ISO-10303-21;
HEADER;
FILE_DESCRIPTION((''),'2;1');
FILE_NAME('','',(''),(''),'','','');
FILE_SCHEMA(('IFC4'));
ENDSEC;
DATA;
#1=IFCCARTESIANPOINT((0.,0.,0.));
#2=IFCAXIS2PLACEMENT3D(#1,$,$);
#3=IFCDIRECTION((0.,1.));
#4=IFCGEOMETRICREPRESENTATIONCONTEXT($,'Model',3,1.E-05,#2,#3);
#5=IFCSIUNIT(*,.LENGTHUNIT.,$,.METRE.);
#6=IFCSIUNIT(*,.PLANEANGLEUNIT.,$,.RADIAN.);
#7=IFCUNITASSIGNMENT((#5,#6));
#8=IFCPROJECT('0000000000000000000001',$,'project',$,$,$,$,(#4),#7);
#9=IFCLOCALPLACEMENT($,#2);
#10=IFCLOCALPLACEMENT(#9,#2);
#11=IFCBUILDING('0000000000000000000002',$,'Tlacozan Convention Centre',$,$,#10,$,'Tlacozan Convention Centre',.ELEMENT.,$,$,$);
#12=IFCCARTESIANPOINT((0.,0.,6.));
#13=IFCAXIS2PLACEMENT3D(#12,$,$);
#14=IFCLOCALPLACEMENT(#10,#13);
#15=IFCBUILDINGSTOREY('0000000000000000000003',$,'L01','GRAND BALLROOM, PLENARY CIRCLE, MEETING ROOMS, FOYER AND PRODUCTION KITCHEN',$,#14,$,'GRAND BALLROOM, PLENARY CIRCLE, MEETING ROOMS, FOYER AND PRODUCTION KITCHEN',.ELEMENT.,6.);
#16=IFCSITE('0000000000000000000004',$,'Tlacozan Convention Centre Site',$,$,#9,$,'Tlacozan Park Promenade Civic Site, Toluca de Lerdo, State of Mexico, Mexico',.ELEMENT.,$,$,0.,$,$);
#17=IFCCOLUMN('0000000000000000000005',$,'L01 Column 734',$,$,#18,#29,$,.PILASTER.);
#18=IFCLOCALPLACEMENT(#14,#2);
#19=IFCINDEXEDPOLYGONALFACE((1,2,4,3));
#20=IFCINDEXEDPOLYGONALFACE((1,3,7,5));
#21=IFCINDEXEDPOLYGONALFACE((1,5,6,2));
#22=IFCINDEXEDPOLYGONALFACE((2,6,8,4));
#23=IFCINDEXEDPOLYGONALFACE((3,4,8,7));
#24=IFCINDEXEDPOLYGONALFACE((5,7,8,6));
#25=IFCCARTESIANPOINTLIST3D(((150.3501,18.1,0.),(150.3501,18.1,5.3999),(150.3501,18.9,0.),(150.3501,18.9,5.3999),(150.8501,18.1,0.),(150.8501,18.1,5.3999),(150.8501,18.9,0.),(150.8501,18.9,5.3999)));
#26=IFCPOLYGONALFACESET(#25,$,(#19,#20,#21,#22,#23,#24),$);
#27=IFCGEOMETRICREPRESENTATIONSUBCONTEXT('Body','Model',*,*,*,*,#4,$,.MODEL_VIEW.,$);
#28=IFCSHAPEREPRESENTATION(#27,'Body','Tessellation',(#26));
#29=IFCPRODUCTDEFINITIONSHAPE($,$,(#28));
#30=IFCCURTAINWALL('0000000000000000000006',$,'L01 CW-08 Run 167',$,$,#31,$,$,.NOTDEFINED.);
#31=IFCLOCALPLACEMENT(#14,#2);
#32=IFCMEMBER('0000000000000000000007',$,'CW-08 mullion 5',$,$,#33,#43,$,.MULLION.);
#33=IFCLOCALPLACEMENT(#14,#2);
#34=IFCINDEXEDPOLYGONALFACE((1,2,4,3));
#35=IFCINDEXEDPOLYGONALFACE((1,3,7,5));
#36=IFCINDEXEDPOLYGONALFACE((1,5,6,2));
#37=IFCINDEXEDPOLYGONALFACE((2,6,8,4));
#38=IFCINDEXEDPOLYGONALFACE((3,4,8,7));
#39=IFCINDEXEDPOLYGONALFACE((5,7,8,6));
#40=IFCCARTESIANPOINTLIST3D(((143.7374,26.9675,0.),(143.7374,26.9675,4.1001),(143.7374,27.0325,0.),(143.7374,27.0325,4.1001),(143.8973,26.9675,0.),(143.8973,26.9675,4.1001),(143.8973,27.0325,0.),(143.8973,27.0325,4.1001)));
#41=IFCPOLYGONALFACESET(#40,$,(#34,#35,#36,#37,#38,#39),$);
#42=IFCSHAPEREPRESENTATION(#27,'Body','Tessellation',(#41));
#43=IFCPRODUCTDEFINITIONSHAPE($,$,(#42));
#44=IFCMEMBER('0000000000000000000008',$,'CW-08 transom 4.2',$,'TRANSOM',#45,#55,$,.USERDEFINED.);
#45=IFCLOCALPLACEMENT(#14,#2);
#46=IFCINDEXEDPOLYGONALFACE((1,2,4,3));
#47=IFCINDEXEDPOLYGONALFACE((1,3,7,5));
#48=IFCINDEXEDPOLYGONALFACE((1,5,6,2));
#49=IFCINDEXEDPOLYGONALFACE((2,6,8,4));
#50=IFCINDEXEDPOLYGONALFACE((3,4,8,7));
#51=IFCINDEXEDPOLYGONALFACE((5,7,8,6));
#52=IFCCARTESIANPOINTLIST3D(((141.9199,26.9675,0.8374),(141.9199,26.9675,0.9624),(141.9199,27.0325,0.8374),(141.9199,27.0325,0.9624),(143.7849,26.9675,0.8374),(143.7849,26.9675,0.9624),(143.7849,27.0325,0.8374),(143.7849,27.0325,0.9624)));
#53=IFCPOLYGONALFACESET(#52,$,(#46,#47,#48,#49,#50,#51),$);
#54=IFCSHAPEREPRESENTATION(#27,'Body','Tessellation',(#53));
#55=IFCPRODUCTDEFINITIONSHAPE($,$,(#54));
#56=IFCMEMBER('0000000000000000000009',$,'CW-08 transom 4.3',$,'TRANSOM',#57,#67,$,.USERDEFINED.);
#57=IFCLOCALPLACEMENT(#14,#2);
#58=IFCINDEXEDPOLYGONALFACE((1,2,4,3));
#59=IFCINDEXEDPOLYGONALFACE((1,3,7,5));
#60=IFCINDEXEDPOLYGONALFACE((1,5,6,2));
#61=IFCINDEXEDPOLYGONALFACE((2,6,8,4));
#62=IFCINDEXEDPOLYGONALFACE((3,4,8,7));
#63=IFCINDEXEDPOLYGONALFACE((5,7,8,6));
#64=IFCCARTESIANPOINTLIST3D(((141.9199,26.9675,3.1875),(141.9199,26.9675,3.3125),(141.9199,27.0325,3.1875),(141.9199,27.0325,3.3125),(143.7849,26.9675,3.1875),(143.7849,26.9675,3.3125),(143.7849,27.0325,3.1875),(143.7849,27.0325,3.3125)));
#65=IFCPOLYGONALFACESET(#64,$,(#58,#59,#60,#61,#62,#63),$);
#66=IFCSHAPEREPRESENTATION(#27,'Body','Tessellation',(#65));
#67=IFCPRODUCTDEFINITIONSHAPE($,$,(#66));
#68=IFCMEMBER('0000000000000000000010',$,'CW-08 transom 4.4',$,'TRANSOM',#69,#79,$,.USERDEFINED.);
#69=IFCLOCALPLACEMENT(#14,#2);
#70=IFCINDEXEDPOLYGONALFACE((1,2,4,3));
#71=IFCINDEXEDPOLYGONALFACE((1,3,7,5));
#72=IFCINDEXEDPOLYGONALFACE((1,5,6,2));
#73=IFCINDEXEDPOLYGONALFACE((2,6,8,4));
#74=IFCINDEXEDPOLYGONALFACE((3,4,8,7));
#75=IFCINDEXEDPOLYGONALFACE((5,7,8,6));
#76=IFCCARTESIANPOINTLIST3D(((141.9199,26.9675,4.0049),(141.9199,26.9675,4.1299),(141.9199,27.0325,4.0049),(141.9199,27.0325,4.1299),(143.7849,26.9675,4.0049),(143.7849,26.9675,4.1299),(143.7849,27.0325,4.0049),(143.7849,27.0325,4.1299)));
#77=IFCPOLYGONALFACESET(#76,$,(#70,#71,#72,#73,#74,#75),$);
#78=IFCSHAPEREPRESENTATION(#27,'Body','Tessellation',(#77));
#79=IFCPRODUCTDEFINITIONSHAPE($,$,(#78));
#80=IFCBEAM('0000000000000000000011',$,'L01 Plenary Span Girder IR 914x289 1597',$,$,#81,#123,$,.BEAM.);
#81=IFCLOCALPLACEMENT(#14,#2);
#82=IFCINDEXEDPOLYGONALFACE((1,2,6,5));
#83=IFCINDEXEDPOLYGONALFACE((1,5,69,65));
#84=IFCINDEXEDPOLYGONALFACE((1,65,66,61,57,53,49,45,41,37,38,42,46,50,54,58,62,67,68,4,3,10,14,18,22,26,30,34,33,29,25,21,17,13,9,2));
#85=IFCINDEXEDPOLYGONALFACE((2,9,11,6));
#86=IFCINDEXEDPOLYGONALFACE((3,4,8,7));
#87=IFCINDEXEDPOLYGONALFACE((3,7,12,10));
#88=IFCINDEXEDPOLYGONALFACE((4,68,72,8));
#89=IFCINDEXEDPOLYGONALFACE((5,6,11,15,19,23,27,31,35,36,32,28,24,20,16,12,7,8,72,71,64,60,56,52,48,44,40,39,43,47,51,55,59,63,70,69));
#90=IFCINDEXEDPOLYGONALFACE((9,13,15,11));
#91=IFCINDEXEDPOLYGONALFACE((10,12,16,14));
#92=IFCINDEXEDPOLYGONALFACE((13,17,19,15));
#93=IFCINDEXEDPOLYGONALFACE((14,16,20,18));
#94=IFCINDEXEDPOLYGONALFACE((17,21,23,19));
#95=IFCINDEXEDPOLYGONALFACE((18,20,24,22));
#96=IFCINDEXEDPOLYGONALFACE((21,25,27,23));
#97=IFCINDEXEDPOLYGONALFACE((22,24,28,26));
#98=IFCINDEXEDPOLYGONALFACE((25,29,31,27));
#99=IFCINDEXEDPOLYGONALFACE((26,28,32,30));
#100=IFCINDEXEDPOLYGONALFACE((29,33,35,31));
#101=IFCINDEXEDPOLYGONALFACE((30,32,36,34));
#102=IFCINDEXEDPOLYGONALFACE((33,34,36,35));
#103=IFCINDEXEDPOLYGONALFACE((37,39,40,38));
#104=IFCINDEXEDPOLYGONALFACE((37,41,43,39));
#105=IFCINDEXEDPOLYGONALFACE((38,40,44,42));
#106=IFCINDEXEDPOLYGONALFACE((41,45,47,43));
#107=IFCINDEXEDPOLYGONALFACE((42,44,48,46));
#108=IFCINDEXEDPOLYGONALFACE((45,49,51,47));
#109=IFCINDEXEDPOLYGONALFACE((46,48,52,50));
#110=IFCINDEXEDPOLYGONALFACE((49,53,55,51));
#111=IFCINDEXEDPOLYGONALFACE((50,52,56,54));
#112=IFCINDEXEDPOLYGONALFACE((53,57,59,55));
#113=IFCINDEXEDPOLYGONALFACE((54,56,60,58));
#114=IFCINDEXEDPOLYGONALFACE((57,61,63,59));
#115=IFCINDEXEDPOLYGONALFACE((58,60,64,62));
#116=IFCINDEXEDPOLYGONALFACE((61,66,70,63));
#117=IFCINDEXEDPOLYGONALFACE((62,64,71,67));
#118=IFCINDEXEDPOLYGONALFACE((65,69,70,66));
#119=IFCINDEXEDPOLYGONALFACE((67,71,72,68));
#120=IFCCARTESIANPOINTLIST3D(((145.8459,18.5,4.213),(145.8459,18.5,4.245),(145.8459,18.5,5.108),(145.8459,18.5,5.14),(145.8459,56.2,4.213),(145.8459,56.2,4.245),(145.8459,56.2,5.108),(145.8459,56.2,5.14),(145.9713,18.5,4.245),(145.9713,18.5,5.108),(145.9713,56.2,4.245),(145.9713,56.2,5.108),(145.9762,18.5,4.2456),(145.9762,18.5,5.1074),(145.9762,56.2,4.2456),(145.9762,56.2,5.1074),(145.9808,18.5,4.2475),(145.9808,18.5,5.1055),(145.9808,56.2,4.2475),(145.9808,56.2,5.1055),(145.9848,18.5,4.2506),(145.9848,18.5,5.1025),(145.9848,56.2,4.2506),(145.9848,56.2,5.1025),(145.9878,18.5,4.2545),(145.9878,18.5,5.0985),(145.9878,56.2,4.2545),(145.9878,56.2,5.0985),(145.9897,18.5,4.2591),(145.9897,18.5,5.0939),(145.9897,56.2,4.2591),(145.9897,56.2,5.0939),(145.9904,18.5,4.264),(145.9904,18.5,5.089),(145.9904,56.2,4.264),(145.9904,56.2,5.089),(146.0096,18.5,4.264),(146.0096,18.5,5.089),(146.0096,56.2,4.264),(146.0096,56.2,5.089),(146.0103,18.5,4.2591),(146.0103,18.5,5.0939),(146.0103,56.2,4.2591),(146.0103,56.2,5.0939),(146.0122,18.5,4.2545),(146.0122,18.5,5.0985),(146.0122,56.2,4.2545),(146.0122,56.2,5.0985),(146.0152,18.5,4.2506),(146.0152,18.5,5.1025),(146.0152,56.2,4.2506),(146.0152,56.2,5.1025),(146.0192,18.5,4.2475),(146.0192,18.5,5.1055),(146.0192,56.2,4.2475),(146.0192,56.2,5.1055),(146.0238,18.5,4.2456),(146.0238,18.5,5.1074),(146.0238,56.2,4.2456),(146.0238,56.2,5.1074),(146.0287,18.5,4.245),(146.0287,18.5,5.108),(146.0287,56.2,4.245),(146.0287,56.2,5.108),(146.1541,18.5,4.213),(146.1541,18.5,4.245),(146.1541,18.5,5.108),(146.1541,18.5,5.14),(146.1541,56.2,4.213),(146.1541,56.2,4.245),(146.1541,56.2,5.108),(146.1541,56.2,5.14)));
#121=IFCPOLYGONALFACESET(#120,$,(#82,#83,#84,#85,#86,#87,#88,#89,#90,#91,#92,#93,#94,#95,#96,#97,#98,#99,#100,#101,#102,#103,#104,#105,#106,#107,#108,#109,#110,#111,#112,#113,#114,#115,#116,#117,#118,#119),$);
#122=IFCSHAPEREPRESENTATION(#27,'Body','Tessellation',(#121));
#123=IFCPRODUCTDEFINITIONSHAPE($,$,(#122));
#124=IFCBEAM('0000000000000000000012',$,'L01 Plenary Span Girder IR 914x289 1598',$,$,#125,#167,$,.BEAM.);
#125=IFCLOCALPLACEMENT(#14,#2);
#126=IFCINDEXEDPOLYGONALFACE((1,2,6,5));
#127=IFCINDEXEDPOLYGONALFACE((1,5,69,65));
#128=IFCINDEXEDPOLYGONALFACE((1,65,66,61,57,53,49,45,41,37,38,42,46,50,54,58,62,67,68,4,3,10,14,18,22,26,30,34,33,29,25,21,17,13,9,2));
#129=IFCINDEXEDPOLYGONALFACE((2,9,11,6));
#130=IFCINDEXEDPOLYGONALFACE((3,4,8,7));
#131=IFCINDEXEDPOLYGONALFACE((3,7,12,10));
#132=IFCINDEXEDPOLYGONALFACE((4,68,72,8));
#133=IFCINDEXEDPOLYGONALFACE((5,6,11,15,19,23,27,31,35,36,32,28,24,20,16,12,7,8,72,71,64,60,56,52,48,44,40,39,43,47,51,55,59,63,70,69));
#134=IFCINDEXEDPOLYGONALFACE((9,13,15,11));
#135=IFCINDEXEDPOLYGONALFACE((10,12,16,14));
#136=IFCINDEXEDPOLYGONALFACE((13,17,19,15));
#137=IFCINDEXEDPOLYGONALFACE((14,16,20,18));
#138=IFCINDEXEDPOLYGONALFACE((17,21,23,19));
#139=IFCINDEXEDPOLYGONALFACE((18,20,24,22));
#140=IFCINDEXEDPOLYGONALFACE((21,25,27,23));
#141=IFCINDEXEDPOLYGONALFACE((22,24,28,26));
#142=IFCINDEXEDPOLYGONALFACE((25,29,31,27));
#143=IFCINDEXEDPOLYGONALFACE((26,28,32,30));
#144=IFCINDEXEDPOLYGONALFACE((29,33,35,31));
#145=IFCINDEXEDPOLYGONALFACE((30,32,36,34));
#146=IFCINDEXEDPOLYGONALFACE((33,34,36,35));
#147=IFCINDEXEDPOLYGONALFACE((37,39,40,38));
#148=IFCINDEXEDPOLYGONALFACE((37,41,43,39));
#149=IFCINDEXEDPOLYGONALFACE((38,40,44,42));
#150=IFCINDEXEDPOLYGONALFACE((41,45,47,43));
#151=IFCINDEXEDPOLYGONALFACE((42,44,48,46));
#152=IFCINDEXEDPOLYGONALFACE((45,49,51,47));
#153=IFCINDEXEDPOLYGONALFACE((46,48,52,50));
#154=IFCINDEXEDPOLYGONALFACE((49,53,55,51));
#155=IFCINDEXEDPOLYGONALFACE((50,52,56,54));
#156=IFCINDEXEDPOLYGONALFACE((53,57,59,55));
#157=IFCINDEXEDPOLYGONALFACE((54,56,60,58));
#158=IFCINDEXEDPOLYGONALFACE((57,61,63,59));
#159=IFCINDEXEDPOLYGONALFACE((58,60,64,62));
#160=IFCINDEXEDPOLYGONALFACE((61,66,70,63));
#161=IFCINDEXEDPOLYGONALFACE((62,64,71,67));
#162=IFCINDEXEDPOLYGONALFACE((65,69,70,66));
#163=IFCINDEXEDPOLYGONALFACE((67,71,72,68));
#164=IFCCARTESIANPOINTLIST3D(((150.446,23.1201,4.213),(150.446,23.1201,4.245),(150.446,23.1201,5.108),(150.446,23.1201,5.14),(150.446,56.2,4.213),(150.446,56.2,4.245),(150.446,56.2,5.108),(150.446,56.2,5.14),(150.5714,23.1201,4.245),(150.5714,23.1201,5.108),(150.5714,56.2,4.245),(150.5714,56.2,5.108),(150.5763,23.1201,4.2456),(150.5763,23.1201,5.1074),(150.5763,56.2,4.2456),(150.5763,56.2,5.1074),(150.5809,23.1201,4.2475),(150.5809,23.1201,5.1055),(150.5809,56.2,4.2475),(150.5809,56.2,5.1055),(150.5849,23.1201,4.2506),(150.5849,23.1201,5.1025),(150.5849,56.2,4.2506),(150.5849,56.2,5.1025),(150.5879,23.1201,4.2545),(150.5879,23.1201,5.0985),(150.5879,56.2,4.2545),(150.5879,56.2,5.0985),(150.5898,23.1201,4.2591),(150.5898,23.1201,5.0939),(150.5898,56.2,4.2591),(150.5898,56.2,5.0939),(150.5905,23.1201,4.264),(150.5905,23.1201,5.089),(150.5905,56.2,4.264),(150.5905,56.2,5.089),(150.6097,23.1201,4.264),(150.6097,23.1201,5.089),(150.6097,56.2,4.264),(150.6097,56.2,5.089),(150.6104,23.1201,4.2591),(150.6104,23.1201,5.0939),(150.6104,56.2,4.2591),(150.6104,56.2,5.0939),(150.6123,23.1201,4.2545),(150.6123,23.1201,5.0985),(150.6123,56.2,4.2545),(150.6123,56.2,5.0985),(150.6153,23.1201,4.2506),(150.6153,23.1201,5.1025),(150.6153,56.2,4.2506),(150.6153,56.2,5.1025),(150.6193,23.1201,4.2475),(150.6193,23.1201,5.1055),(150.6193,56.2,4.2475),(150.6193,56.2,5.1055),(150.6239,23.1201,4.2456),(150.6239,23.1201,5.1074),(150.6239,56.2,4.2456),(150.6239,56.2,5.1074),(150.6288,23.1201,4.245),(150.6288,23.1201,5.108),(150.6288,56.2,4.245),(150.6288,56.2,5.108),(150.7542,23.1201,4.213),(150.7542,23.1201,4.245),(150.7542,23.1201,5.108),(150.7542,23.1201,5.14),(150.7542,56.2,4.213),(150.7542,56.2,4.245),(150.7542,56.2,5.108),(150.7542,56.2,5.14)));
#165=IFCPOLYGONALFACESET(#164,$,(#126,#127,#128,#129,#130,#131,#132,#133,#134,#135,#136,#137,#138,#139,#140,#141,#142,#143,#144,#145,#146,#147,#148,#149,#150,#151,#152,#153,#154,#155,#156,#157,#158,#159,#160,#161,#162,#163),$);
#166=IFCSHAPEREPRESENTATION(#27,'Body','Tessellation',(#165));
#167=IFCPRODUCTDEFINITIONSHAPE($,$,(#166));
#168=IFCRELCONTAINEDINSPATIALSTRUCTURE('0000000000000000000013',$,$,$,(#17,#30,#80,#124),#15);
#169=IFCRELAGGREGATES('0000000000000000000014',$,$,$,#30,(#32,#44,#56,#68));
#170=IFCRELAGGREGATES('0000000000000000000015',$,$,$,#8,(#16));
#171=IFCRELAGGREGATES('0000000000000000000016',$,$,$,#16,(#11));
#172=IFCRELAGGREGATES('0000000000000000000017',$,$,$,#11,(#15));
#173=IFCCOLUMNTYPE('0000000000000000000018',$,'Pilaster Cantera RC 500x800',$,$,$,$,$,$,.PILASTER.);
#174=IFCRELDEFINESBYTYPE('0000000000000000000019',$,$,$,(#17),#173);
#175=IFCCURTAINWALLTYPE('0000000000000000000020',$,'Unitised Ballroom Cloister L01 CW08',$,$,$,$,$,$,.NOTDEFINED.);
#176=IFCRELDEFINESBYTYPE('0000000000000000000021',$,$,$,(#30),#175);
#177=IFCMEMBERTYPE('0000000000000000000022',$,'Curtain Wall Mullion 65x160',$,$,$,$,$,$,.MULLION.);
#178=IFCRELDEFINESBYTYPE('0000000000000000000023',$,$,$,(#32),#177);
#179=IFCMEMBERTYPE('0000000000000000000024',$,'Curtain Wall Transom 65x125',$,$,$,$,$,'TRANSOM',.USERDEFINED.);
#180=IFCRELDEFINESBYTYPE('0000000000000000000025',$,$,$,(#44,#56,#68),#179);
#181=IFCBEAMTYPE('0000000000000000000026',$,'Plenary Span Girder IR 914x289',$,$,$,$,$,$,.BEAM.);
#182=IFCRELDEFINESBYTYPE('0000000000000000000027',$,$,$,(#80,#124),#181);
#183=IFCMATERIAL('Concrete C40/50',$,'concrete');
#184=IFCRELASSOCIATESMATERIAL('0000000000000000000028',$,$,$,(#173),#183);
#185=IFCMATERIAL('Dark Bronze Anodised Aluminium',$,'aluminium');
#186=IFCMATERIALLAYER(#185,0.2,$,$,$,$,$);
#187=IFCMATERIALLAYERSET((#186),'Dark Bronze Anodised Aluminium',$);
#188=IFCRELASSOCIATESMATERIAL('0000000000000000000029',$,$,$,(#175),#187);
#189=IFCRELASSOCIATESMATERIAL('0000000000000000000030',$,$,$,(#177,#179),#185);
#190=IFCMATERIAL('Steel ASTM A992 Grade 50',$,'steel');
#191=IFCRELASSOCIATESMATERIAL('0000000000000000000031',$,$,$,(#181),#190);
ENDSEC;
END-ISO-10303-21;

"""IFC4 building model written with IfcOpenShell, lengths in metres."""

from ifc_helpers import new_model, si_unit, direction, frame, origin, origin_2d, place, context, subcontext, project, spatial, rectangle, i_section, extrude, material, layer, layer_set, material_profile, profile_set, type_object, element, aggregate, save


model = new_model("IFC4")

# Units and contexts
model_context = context("Model", 3, precision=1e-05, world=origin(), true_north=direction((0.0, 1.0)))
body_context = subcontext(model_context, "Body", "Model", "MODEL_VIEW")
ifc_project = project(units=[si_unit("LENGTHUNIT", "METRE"), si_unit("PLANEANGLEUNIT", "RADIAN")], contexts=[model_context])

# Site, building, storey
site_placement = place(None, origin())
site = spatial("IfcSite", under=ifc_project, at=site_placement, Name="Tlacozan Convention Centre Site", LongName="Tlacozan Park Promenade Civic Site, Toluca de Lerdo, State of Mexico, Mexico", CompositionType="ELEMENT", RefElevation=0.0)
building_placement = place(site_placement, origin())
building = spatial("IfcBuilding", under=site, at=building_placement, Name="Tlacozan Convention Centre", LongName="Tlacozan Convention Centre", CompositionType="ELEMENT")
storey_placement = place(building_placement, frame((0.0, 0.0, 6.0)))
storey = spatial("IfcBuildingStorey", under=building, at=storey_placement, Name="L01", Description="GRAND BALLROOM, PLENARY CIRCLE, MEETING ROOMS, FOYER AND PRODUCTION KITCHEN", LongName="GRAND BALLROOM, PLENARY CIRCLE, MEETING ROOMS, FOYER AND PRODUCTION KITCHEN", CompositionType="ELEMENT", Elevation=6.0)

# Column
ifc_material_1 = material(Name="Concrete C40/50", Category="concrete")
ifc_material_profile_1 = material_profile(ifc_material_1, rectangle(XDim=0.5, YDim=0.8, at=origin_2d()), Name="RC 500x800")
ifc_profile_set_1 = profile_set([ifc_material_profile_1], Name="Concrete C40/50")
column_type = type_object("IfcColumnType", Name="Pilaster Cantera RC 500x800", PredefinedType="PILASTER", material=ifc_profile_set_1)
column_placement = place(storey_placement, frame((150.6001, 18.5, 0.0), z_axis=(0.0, 0.0, 1.0), x_axis=(1.0, 0.0, 0.0)))
element("IfcColumn", 1, at=column_placement, inside=storey, type_object=column_type, Name="L01 Column 734", PredefinedType="PILASTER", context=body_context, shape_type="SweptSolid", body=[
    extrude(rectangle(XDim=0.5, YDim=0.8, at=origin_2d()), origin(), (0.0, 0.0, 1.0), 5.3999),
])

# Curtain wall, members
ifc_material_2 = material(Name="Dark Bronze Anodised Aluminium", Category="aluminium")
ifc_layer_1 = layer(ifc_material_2, 0.2)
ifc_layer_set_1 = layer_set([ifc_layer_1], Name="Dark Bronze Anodised Aluminium")
curtain_wall_type = type_object("IfcCurtainWallType", Name="Unitised Ballroom Cloister L01 CW08", PredefinedType="NOTDEFINED", material=ifc_layer_set_1)
curtain_wall_placement = place(storey_placement, origin())
curtain_wall = element("IfcCurtainWall", 2, at=curtain_wall_placement, inside=storey, type_object=curtain_wall_type, Name="L01 CW-08 Run 167", PredefinedType="NOTDEFINED")
ifc_material_profile_2 = material_profile(ifc_material_2, rectangle(XDim=0.0649, YDim=0.1599, at=origin_2d()), Name="ALU 65x160")
ifc_profile_set_2 = profile_set([ifc_material_profile_2], Name="Dark Bronze Anodised Aluminium")
member_type_1 = type_object("IfcMemberType", Name="Curtain Wall Mullion 65x160", PredefinedType="MULLION", material=ifc_profile_set_2)
member_1_placement = place(storey_placement, frame((143.8174, 27.0, 0.0), z_axis=(0.0, 0.0, 1.0), x_axis=(0.0, 1.0, 0.0)))
member_1 = element("IfcMember", 3, at=member_1_placement, type_object=member_type_1, Name="CW-08 mullion 5", PredefinedType="MULLION", context=body_context, shape_type="SweptSolid", body=[
    extrude(rectangle(XDim=0.0649, YDim=0.1599, at=origin_2d()), origin(), (0.0, 0.0, 1.0), 4.1001),
])
ifc_material_profile_3 = material_profile(ifc_material_2, rectangle(XDim=0.0649, YDim=0.125, at=origin_2d()), Name="ALU 65x125")
ifc_profile_set_3 = profile_set([ifc_material_profile_3], Name="Dark Bronze Anodised Aluminium")
member_type_2 = type_object("IfcMemberType", Name="Curtain Wall Transom 65x125", ElementType="TRANSOM", PredefinedType="USERDEFINED", material=ifc_profile_set_3)
member_2_placement = place(storey_placement, frame((141.9199, 27.0, 0.8999), z_axis=(1.0, 0.0, 0.0), x_axis=(0.0, 1.0, 0.0)))
member_2 = element("IfcMember", 4, at=member_2_placement, type_object=member_type_2, Name="CW-08 transom 4.2", ObjectType="TRANSOM", PredefinedType="USERDEFINED", context=body_context, shape_type="SweptSolid", body=[
    extrude(rectangle(XDim=0.0649, YDim=0.125, at=origin_2d()), origin(), (0.0, 0.0, 1.0), 1.865),
])
member_3_placement = place(storey_placement, frame((141.9199, 27.0, 3.25), z_axis=(1.0, 0.0, 0.0), x_axis=(0.0, 1.0, 0.0)))
member_3 = element("IfcMember", 5, at=member_3_placement, type_object=member_type_2, Name="CW-08 transom 4.3", ObjectType="TRANSOM", PredefinedType="USERDEFINED", context=body_context, shape_type="SweptSolid", body=[
    extrude(rectangle(XDim=0.0649, YDim=0.125, at=origin_2d()), origin(), (0.0, 0.0, 1.0), 1.865),
])
member_4_placement = place(storey_placement, frame((141.9199, 27.0, 4.0674), z_axis=(1.0, 0.0, 0.0), x_axis=(0.0, 1.0, 0.0)))
member_4 = element("IfcMember", 6, at=member_4_placement, type_object=member_type_2, Name="CW-08 transom 4.4", ObjectType="TRANSOM", PredefinedType="USERDEFINED", context=body_context, shape_type="SweptSolid", body=[
    extrude(rectangle(XDim=0.0649, YDim=0.125, at=origin_2d()), origin(), (0.0, 0.0, 1.0), 1.865),
])

# Beams
ifc_material_3 = material(Name="Steel ASTM A992 Grade 50", Category="steel")
ifc_material_profile_4 = material_profile(ifc_material_3, i_section(OverallWidth=0.3081, OverallDepth=0.927, WebThickness=0.0193, FlangeThickness=0.032, FilletRadius=0.019, at=origin_2d()), Name="IR 914x289.0")
ifc_profile_set_4 = profile_set([ifc_material_profile_4], Name="Steel ASTM A992 Grade 50")
beam_type_1 = type_object("IfcBeamType", Name="Plenary Span Girder IR 914x289", PredefinedType="BEAM", material=ifc_profile_set_4)
beam_1_placement = place(storey_placement, frame((146.0, 18.5, 4.6765), z_axis=(0.0, 1.0, 0.0), x_axis=(-1.0, 0.0, 0.0)))
element("IfcBeam", 7, at=beam_1_placement, inside=storey, type_object=beam_type_1, Name="L01 Plenary Span Girder IR 914x289 1597", PredefinedType="BEAM", context=body_context, shape_type="SweptSolid", body=[
    extrude(i_section(OverallWidth=0.3081, OverallDepth=0.927, WebThickness=0.0193, FlangeThickness=0.032, FilletRadius=0.019, at=origin_2d()), origin(), (0.0, 0.0, 1.0), 37.7),
])
beam_2_placement = place(storey_placement, frame((150.6001, 23.1201, 4.6765), z_axis=(0.0, 1.0, 0.0), x_axis=(-1.0, 0.0, 0.0)))
element("IfcBeam", 8, at=beam_2_placement, inside=storey, type_object=beam_type_1, Name="L01 Plenary Span Girder IR 914x289 1598", PredefinedType="BEAM", context=body_context, shape_type="SweptSolid", body=[
    extrude(i_section(OverallWidth=0.3081, OverallDepth=0.927, WebThickness=0.0193, FlangeThickness=0.032, FilletRadius=0.019, at=origin_2d()), origin(), (0.0, 0.0, 1.0), 33.0798),
])

aggregate(curtain_wall, [member_1, member_2, member_3, member_4])

save(model, "model.ifc")
